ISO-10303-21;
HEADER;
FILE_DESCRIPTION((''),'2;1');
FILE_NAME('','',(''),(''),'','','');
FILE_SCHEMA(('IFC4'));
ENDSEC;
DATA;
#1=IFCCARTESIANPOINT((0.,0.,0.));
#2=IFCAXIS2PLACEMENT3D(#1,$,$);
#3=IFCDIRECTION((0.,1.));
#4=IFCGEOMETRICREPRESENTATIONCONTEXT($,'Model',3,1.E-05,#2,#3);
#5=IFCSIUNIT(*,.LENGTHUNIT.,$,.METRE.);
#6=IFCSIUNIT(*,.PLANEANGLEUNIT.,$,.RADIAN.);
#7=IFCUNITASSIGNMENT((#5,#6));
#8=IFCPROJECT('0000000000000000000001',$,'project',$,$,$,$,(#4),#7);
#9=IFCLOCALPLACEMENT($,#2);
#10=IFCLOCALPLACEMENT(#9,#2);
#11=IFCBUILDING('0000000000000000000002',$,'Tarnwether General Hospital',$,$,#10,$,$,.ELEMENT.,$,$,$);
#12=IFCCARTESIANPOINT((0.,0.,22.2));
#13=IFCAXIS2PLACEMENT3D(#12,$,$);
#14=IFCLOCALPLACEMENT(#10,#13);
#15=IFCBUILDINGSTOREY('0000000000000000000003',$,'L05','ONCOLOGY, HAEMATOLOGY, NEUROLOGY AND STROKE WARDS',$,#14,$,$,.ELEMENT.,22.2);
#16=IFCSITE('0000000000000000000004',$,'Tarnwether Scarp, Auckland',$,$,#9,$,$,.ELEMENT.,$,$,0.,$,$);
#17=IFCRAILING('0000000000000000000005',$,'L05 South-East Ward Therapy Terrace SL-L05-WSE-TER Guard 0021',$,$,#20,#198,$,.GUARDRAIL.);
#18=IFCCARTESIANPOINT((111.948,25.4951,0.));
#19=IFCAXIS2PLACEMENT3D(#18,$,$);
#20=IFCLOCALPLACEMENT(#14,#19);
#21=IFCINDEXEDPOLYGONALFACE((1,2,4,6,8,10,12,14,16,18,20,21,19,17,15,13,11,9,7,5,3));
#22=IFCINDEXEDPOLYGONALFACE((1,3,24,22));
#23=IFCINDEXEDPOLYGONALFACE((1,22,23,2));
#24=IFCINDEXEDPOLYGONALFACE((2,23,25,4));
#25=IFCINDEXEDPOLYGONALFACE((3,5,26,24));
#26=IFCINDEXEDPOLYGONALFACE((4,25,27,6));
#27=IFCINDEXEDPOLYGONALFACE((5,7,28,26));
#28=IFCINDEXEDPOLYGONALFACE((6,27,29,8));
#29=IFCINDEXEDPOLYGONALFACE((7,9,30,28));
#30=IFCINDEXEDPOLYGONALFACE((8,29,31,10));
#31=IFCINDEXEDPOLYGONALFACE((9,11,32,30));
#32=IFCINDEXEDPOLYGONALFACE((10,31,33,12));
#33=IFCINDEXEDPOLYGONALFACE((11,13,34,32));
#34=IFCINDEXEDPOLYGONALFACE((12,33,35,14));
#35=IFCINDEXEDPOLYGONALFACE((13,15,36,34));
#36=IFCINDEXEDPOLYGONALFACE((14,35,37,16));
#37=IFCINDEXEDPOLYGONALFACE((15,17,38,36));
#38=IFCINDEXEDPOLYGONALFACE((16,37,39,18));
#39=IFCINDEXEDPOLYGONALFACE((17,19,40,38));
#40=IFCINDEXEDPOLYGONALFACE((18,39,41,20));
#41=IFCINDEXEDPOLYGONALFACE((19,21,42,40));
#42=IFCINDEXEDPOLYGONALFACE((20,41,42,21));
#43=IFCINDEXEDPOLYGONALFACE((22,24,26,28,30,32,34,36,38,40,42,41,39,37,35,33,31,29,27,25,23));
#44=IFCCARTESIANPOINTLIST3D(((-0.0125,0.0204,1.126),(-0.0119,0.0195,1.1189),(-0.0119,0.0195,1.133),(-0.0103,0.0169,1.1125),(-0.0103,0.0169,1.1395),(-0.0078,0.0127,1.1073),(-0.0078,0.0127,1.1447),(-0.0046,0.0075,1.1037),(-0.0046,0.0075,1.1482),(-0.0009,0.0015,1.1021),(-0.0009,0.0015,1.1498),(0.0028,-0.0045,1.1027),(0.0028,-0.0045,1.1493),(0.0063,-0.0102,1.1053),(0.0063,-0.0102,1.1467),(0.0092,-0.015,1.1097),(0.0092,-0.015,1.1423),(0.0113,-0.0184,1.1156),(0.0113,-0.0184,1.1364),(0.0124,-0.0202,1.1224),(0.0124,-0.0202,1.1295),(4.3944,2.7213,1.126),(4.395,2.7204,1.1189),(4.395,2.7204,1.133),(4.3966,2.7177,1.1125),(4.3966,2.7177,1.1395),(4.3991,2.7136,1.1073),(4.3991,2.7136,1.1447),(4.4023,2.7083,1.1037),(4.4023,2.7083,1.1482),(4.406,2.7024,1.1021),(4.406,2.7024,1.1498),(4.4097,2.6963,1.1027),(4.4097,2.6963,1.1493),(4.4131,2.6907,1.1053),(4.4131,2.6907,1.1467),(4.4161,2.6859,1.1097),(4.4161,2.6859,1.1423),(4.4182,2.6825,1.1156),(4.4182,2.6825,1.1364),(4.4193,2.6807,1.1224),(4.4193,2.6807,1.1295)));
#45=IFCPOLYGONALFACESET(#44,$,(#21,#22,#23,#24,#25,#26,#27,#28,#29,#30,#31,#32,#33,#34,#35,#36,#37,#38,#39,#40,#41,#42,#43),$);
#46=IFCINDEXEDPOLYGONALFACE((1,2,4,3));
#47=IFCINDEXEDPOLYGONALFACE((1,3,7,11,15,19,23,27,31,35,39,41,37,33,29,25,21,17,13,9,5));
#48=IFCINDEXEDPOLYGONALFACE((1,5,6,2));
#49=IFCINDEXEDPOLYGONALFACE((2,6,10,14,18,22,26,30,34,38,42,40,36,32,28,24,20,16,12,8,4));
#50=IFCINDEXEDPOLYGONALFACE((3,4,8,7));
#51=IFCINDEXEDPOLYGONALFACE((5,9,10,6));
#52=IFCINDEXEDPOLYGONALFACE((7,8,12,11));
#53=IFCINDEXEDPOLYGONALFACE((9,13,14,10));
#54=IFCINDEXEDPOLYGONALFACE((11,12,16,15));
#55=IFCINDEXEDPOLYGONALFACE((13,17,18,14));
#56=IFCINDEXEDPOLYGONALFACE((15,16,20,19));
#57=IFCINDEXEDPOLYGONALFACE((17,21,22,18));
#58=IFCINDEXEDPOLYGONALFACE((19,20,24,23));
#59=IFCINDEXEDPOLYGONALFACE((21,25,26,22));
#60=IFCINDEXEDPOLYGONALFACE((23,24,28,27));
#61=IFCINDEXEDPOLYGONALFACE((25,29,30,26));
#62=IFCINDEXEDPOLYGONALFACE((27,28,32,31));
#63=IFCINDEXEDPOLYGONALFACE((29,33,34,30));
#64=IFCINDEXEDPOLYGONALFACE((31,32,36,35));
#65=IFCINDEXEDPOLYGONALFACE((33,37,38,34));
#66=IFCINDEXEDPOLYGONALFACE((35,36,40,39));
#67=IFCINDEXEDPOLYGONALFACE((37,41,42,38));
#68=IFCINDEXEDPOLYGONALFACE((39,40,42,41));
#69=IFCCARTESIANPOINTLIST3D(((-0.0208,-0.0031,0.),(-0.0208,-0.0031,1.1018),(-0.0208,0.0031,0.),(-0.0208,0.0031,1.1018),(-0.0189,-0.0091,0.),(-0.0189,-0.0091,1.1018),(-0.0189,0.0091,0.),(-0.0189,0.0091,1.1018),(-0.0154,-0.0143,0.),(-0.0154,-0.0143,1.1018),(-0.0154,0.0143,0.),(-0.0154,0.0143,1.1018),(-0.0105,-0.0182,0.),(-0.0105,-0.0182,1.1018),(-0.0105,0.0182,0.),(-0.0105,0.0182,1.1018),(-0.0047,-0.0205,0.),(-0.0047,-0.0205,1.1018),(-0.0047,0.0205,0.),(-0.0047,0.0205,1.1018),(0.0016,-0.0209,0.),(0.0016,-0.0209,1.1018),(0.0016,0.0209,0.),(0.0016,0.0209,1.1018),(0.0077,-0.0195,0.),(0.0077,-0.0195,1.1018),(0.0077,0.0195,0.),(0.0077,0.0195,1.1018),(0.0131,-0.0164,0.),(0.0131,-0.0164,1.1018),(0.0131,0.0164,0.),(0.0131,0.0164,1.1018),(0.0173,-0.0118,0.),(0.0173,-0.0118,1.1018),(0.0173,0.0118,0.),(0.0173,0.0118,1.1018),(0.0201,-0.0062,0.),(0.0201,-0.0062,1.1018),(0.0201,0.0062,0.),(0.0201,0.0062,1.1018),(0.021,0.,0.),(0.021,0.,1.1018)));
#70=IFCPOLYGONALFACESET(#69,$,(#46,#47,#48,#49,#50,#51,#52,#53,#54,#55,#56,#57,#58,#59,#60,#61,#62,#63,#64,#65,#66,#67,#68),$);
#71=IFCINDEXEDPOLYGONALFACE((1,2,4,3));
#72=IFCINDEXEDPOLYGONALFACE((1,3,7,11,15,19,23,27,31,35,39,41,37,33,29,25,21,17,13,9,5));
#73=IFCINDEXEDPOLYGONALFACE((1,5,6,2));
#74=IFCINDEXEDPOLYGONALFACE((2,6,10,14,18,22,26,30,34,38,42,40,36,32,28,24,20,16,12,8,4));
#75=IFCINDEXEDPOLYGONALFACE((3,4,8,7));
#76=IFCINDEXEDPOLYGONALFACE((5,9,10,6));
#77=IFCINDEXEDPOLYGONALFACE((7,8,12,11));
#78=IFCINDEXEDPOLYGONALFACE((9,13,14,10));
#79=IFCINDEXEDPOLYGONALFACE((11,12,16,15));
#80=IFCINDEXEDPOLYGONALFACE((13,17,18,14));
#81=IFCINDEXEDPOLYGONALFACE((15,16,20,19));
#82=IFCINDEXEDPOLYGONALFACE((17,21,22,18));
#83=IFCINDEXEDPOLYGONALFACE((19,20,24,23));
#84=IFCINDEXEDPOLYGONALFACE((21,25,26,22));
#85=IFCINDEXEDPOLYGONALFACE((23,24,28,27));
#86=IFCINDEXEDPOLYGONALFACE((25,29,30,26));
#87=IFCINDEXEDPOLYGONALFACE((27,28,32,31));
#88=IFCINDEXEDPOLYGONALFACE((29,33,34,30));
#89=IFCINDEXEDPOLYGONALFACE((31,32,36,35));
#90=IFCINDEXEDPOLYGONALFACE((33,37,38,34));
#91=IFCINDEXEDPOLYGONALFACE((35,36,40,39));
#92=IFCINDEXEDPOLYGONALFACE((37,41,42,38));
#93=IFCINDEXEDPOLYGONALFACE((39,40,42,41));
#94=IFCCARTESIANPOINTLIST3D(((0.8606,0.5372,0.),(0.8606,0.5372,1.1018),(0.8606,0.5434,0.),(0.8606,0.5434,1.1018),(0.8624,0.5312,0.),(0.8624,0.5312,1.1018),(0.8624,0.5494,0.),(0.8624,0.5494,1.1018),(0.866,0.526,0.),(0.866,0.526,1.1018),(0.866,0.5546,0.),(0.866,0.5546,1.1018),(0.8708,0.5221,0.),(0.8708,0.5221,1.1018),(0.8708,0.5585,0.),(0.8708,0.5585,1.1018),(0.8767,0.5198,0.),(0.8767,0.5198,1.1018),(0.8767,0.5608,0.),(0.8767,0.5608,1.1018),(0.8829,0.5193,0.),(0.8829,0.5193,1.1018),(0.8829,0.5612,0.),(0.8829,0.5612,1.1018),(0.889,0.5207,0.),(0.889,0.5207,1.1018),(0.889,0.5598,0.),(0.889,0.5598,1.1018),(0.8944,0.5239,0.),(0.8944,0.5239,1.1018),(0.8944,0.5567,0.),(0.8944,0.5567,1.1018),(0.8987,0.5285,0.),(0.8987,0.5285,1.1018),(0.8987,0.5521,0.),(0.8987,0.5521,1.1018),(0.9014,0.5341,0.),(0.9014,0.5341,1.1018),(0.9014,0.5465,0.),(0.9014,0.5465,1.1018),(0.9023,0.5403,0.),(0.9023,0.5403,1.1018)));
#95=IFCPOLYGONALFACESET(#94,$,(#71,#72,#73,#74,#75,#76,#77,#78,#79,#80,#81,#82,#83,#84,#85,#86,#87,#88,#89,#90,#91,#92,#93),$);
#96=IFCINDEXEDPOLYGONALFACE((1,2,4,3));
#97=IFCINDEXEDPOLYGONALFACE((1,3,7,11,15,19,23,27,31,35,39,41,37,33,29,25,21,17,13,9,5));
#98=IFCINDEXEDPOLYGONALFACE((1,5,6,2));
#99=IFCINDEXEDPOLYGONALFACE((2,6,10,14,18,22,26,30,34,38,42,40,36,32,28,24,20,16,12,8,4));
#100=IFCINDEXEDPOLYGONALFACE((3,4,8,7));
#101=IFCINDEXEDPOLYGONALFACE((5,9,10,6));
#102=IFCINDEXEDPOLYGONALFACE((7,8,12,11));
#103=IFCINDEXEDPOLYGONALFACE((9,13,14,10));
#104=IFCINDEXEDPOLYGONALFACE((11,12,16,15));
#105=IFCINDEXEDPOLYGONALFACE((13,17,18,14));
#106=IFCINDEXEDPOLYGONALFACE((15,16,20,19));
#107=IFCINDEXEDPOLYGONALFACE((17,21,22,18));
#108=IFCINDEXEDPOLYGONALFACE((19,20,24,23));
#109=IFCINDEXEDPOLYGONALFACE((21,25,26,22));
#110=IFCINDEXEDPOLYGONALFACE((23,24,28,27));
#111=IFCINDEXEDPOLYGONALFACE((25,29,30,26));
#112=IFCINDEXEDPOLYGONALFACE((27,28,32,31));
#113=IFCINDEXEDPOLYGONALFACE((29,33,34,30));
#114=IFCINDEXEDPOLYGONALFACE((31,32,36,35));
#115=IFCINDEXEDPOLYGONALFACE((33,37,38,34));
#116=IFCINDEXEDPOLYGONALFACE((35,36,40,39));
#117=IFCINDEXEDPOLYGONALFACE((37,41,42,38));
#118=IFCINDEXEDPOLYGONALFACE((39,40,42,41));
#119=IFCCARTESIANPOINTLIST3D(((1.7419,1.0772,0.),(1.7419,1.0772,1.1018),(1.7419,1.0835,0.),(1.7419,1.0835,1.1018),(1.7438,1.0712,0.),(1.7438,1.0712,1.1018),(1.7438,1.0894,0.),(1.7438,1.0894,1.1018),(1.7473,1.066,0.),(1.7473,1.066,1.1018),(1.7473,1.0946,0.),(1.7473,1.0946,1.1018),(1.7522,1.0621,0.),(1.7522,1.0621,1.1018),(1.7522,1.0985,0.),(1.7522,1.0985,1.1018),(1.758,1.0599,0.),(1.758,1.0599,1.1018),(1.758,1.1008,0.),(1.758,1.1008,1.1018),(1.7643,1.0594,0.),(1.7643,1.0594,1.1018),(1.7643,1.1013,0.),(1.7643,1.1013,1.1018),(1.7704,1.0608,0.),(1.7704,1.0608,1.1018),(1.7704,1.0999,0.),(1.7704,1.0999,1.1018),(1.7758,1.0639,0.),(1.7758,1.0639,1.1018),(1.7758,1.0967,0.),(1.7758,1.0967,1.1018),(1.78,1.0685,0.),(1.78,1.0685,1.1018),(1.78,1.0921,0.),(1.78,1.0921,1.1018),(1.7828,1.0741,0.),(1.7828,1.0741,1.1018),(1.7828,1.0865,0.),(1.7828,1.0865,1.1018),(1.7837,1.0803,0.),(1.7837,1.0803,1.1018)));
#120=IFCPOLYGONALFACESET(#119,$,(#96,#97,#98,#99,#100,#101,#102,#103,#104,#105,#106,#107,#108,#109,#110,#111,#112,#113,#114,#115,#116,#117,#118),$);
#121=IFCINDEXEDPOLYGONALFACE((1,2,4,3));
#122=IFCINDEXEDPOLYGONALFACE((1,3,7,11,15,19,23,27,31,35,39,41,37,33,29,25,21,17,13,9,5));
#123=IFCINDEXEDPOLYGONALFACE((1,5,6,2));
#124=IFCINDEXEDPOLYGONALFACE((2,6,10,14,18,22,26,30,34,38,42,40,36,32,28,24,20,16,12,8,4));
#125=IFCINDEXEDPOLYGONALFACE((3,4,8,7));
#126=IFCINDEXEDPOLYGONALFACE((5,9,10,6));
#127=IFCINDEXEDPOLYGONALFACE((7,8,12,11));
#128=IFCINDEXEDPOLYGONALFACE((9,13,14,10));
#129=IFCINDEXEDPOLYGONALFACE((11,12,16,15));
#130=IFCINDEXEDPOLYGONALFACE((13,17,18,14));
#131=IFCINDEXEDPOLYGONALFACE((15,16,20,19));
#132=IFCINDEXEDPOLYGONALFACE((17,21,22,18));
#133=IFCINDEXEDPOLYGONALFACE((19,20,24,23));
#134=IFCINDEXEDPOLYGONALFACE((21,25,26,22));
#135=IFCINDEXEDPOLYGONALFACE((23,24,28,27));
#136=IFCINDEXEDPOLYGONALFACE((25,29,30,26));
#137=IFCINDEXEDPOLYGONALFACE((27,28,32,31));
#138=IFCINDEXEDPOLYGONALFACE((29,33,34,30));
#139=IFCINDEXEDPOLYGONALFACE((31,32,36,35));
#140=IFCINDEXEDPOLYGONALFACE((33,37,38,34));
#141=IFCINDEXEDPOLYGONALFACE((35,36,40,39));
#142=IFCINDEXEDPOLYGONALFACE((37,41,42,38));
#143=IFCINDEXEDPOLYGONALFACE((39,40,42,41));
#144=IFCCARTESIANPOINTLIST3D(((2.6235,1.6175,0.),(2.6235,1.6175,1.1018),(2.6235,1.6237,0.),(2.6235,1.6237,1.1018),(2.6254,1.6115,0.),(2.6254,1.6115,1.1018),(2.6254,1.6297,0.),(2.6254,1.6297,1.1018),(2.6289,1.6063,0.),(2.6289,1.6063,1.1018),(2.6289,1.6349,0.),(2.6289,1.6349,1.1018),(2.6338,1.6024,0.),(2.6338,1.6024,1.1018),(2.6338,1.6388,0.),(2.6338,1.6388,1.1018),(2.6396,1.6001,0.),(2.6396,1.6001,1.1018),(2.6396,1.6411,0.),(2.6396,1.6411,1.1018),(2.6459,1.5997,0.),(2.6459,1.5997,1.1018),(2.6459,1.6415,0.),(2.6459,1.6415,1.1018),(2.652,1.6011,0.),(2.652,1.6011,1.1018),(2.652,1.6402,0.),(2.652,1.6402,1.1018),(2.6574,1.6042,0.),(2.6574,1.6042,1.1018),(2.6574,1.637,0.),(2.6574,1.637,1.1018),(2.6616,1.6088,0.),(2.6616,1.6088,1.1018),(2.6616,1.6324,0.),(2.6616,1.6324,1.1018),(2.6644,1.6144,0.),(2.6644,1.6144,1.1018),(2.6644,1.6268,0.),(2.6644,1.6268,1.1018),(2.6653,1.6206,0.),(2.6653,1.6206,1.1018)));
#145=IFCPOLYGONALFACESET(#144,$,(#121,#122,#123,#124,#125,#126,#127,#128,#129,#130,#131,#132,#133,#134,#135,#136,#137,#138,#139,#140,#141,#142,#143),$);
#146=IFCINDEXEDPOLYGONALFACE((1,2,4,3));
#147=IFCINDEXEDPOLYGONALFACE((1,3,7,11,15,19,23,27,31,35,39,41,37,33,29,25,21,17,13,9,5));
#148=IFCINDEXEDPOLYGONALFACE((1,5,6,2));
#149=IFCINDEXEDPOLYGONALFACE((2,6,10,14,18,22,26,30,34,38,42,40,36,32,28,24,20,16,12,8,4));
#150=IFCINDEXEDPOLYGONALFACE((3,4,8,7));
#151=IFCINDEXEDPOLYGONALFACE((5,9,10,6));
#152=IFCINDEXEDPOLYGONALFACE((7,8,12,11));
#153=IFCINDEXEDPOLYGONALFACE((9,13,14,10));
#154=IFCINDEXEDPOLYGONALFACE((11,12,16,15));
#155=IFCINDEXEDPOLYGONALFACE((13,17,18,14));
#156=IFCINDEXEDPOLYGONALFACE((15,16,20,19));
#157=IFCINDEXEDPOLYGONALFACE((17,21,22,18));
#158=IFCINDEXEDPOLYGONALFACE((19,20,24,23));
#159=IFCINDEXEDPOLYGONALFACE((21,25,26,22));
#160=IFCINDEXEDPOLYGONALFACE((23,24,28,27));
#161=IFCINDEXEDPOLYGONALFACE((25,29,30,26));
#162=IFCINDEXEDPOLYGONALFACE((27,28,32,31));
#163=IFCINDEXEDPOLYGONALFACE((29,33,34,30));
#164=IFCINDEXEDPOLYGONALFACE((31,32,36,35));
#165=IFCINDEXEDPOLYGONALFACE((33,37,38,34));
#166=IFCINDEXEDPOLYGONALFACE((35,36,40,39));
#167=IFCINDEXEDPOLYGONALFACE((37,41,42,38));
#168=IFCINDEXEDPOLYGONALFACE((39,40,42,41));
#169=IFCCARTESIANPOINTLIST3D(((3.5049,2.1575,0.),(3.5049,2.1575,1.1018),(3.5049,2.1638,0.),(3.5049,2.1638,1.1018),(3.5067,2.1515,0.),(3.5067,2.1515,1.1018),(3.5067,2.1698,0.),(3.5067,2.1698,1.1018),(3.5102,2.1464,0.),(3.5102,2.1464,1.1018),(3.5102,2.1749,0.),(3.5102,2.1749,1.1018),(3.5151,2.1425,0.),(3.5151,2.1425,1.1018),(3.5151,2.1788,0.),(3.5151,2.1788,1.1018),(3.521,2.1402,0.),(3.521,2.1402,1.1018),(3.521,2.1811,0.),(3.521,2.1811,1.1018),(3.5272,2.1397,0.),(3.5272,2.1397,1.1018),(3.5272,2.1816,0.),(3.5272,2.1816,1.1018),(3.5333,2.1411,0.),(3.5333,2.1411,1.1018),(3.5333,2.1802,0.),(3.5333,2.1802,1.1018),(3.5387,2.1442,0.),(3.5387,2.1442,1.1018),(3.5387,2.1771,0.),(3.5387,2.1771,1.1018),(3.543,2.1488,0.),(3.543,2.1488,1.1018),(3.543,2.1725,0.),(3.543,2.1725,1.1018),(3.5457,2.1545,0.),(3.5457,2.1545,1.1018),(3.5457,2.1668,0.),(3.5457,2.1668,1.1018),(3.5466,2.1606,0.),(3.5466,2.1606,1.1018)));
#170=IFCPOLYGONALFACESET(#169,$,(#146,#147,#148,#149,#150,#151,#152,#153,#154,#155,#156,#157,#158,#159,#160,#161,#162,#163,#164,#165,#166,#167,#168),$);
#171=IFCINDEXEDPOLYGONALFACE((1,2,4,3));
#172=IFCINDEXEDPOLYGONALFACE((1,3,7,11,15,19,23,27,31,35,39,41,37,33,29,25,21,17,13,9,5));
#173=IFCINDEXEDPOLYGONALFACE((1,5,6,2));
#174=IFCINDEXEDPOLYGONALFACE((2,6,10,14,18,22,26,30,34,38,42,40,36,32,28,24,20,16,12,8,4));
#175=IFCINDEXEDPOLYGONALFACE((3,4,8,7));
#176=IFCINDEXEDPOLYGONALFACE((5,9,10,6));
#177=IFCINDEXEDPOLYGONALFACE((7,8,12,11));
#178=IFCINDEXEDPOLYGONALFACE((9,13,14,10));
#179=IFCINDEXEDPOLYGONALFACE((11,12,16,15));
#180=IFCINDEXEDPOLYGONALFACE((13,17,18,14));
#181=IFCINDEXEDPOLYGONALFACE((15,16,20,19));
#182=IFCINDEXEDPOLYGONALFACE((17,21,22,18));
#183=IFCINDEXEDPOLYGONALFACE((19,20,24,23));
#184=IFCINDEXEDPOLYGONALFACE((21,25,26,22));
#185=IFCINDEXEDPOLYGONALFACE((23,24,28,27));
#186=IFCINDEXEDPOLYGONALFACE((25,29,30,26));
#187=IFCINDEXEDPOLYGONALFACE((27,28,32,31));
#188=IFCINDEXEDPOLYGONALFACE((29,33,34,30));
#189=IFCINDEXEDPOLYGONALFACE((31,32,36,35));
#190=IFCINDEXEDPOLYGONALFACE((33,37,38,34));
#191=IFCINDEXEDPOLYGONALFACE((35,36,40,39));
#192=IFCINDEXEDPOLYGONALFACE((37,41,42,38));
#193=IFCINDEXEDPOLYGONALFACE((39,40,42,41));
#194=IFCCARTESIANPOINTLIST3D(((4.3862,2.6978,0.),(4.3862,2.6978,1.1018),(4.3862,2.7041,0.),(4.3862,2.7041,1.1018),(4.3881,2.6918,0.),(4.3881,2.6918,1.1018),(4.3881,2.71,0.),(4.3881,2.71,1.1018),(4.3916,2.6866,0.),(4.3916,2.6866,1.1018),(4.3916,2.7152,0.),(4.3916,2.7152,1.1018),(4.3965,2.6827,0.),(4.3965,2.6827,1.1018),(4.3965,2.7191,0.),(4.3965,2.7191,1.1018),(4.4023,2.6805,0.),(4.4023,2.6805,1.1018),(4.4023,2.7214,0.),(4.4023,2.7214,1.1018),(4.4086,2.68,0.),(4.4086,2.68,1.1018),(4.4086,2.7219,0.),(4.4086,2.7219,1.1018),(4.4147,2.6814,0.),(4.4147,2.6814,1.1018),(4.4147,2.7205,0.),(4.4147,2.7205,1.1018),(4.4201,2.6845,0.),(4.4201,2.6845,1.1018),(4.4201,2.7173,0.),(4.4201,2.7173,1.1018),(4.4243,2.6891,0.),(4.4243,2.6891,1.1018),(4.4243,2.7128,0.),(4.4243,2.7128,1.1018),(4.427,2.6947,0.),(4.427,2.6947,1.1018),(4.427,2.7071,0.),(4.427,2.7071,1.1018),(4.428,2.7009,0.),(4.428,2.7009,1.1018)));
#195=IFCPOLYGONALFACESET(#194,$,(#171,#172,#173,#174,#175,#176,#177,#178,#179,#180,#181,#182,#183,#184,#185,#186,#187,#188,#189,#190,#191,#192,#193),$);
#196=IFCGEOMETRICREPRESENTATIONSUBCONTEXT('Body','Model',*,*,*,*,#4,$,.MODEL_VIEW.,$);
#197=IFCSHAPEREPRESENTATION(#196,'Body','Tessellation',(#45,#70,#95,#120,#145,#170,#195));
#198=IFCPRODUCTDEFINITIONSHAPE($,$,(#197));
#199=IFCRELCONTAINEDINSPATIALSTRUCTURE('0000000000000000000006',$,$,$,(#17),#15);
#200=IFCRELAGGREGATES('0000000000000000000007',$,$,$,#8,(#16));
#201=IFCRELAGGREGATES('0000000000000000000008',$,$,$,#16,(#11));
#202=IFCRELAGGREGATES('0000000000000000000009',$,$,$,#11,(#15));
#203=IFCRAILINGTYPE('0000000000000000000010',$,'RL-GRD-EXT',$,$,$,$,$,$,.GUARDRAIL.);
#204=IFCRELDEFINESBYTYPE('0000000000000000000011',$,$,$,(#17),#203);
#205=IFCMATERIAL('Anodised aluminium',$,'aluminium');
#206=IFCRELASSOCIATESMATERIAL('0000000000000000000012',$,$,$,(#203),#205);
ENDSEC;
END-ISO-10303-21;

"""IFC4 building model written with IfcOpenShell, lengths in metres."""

from ifc_helpers import new_model, si_unit, direction, frame, origin, origin_2d, place, context, subcontext, project, spatial, circle, extrude, material, type_object, element, save


model = new_model("IFC4")

# Units and contexts
model_context = context("Model", 3, precision=1e-05, world=origin(), true_north=direction((0.0, 1.0)))
body_context = subcontext(model_context, "Body", "Model", "MODEL_VIEW")
ifc_project = project(units=[si_unit("LENGTHUNIT", "METRE"), si_unit("PLANEANGLEUNIT", "RADIAN")], contexts=[model_context])

# Site, building, storey
site_placement = place(None, origin())
site = spatial("IfcSite", under=ifc_project, at=site_placement, Name="Tarnwether Scarp, Auckland", CompositionType="ELEMENT", RefElevation=0.0)
building_placement = place(site_placement, origin())
building = spatial("IfcBuilding", under=site, at=building_placement, Name="Tarnwether General Hospital", CompositionType="ELEMENT")
storey_placement = place(building_placement, frame((0.0, 0.0, 22.2)))
storey = spatial("IfcBuildingStorey", under=building, at=storey_placement, Name="L05", Description="ONCOLOGY, HAEMATOLOGY, NEUROLOGY AND STROKE WARDS", CompositionType="ELEMENT", Elevation=22.2)

# Railing
ifc_material_1 = material(Name="Anodised aluminium", Category="aluminium")
railing_type = type_object("IfcRailingType", Name="RL-GRD-EXT", PredefinedType="GUARDRAIL", material=ifc_material_1)
railing_1_placement = place(storey_placement, frame((111.948, 25.4951, 0.0)))
element("IfcRailing", 1, at=railing_1_placement, inside=storey, type_object=railing_type, Name="L05 South-East Ward Therapy Terrace SL-L05-WSE-TER Guard 0021", PredefinedType="GUARDRAIL", context=body_context, shape_type="SweptSolid", body=[
    extrude(circle(Radius=0.0239, at=origin_2d()), frame((0.0, 0.0, 1.126), z_axis=(0.852612, 0.522544, 0.0), x_axis=(-0.522544, 0.852612, 0.0)), (0.0, 0.0, 1.0), 5.1687),
    extrude(circle(Radius=0.021, at=origin_2d()), origin(), (0.0, 0.0, 1.0), 1.1018),
    extrude(circle(Radius=0.021, at=origin_2d()), frame((0.8813, 0.5403, 0.0)), (0.0, 0.0, 1.0), 1.1018),
    extrude(circle(Radius=0.021, at=origin_2d()), frame((1.7627, 1.0803, 0.0)), (0.0, 0.0, 1.0), 1.1018),
    extrude(circle(Radius=0.021, at=origin_2d()), frame((2.6443, 1.6206, 0.0)), (0.0, 0.0, 1.0), 1.1018),
    extrude(circle(Radius=0.021, at=origin_2d()), frame((3.5256, 2.1606, 0.0)), (0.0, 0.0, 1.0), 1.1018),
    extrude(circle(Radius=0.021, at=origin_2d()), frame((4.407, 2.7009, 0.0)), (0.0, 0.0, 1.0), 1.1018),
])

save(model, "model.ifc")
